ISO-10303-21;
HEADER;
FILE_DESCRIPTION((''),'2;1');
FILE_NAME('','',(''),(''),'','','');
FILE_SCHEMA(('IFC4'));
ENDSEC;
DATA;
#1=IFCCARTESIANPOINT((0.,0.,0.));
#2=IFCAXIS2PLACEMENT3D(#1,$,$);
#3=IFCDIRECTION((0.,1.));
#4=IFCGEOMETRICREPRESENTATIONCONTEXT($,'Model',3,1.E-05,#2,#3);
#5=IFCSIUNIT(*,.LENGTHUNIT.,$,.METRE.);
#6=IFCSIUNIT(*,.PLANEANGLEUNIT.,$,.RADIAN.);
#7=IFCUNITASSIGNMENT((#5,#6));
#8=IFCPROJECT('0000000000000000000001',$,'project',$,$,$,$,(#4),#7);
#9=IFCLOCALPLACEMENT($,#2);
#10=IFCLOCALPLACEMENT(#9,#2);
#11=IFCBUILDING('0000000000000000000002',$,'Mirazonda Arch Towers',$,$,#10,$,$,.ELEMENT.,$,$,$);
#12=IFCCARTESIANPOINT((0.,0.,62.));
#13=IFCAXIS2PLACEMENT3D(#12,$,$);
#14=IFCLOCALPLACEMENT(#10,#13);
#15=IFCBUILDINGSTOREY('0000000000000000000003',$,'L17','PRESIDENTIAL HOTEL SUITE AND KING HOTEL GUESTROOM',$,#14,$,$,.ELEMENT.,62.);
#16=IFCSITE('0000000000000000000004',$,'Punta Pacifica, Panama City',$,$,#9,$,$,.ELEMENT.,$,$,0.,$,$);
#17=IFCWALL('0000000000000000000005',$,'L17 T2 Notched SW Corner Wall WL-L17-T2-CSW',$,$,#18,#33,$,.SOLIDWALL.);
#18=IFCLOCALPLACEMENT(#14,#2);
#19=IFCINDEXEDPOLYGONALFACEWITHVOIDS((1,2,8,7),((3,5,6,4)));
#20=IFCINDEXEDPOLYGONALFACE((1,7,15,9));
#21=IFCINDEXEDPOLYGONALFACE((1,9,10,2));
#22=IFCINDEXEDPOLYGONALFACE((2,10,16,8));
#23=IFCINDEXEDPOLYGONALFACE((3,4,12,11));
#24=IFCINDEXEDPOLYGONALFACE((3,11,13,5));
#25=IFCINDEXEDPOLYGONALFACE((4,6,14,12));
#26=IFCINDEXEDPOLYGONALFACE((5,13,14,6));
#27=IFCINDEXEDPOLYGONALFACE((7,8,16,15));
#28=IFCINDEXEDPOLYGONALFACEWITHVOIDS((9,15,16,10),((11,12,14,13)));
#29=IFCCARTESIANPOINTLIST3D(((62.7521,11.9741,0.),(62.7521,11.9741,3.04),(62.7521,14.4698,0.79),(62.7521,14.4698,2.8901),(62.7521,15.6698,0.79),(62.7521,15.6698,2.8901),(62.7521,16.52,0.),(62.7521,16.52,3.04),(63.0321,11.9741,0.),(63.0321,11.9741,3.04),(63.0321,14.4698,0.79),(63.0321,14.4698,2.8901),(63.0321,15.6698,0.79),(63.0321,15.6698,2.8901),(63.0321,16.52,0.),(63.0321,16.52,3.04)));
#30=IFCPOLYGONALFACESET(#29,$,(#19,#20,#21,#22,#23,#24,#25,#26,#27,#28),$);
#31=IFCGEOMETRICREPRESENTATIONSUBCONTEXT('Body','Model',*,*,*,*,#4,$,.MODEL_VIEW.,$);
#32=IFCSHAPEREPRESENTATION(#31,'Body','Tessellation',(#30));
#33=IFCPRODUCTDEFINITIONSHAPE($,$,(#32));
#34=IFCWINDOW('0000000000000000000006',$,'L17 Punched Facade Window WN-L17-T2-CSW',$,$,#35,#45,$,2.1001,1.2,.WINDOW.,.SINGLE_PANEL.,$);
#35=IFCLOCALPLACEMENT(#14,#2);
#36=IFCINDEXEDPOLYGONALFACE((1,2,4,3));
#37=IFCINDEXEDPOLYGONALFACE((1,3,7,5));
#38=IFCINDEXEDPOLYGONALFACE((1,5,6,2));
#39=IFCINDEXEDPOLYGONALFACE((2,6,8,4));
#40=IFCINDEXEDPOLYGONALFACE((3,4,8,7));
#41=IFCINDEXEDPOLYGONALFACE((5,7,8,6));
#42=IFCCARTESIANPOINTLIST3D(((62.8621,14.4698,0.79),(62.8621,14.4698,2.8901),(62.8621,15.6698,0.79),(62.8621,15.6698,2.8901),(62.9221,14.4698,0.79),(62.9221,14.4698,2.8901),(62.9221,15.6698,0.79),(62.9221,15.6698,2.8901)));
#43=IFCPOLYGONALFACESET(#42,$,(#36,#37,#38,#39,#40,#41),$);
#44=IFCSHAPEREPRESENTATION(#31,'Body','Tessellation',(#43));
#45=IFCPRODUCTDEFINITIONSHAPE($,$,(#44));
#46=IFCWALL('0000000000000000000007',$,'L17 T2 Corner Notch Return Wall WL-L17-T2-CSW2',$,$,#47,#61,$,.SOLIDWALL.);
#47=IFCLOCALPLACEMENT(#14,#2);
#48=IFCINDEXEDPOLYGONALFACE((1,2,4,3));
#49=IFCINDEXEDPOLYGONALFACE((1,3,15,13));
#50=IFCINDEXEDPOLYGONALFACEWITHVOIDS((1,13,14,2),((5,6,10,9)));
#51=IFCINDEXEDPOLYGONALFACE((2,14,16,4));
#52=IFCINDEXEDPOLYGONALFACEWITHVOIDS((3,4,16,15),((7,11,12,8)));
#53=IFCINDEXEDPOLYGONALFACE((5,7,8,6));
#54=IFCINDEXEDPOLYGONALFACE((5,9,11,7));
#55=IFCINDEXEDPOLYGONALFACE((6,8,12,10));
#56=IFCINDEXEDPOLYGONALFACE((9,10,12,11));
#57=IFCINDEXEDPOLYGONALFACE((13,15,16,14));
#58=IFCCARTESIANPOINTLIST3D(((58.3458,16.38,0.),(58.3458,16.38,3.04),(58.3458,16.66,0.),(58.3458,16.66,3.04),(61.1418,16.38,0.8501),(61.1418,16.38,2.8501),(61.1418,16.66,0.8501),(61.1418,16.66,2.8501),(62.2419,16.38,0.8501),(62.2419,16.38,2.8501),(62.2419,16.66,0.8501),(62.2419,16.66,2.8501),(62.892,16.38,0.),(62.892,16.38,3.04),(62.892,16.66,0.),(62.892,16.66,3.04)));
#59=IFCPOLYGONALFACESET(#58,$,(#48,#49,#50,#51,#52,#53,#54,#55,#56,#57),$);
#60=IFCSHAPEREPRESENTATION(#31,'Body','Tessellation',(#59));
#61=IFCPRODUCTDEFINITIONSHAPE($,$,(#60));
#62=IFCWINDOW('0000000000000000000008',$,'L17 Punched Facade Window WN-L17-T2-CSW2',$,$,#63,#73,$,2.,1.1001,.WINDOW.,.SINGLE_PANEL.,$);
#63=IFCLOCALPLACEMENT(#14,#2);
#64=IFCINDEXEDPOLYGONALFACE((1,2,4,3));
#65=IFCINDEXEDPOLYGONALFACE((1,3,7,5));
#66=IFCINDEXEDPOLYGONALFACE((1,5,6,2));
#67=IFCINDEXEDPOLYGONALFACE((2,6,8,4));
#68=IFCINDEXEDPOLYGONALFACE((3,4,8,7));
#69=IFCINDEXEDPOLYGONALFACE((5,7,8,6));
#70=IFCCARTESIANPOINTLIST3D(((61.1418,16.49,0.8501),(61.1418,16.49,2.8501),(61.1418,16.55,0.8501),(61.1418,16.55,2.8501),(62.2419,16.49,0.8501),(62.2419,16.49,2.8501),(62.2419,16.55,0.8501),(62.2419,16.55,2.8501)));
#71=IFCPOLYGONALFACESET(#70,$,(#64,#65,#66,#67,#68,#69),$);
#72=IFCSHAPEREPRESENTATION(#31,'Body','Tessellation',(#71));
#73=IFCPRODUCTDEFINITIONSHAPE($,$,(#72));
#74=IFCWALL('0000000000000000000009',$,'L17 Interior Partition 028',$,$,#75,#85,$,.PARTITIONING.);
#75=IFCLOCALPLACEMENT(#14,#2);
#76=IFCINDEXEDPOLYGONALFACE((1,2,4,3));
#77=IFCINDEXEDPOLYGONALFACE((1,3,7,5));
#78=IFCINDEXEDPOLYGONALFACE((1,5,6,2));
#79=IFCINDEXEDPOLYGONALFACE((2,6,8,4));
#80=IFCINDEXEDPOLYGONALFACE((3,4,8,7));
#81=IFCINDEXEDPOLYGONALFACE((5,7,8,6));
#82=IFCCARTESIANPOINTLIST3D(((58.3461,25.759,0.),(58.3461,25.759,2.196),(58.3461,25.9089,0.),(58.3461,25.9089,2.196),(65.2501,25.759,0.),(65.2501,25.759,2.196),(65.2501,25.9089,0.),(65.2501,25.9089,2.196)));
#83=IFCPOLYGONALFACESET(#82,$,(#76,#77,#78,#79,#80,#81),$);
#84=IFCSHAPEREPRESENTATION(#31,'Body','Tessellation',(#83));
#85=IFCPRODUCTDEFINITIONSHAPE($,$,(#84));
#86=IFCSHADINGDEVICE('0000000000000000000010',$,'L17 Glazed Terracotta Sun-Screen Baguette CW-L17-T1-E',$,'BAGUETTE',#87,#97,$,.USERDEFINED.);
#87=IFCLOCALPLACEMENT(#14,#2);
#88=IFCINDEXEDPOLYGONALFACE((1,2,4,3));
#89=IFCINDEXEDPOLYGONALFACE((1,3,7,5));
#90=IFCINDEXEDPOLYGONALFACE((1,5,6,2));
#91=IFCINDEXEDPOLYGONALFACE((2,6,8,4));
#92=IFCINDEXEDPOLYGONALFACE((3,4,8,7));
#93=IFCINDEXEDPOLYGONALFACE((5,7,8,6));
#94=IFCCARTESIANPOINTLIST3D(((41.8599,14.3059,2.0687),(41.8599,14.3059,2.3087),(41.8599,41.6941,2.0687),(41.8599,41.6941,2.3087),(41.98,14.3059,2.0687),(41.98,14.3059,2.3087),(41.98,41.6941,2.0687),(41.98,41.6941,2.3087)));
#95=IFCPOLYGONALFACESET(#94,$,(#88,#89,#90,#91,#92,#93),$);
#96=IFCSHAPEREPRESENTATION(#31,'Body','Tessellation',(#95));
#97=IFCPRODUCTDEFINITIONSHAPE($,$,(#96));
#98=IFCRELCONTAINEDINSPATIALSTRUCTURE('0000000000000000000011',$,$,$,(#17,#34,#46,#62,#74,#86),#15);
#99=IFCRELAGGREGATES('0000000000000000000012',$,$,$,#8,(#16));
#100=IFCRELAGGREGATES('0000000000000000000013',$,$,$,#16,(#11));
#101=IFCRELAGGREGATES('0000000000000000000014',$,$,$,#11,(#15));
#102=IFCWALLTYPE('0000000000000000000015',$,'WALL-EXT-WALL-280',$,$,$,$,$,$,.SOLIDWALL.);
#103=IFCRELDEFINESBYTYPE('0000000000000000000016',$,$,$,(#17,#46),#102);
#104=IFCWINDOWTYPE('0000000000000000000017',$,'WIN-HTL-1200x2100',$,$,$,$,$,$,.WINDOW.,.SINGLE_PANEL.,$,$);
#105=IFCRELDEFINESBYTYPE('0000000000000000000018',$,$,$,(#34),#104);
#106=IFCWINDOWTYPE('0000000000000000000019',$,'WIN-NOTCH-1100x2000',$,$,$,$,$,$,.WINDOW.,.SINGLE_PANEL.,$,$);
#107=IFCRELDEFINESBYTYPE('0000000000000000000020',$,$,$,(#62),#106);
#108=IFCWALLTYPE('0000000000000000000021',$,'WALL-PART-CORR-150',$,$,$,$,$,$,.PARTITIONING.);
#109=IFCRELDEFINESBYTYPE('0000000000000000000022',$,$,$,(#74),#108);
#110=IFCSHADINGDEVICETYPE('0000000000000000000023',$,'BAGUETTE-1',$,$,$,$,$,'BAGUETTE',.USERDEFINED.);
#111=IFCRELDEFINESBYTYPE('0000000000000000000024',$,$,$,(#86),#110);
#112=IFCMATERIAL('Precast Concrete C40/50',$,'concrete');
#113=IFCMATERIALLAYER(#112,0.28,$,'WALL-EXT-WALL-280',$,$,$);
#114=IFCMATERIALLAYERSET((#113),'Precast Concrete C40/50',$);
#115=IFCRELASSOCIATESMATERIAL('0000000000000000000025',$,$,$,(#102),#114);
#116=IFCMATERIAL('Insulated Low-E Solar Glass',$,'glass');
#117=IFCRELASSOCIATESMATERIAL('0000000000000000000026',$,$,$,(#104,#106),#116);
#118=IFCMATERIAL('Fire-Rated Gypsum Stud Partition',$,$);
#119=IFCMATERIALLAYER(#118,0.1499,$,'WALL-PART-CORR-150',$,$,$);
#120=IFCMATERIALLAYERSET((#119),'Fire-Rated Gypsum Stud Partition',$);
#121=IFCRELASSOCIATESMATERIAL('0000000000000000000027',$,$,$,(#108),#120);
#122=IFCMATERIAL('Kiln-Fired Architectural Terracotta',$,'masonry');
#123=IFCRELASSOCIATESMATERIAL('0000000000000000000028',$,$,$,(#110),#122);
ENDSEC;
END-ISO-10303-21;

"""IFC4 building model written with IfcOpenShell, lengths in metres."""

from ifc_helpers import new_model, si_unit, direction, frame, frame_2d, origin, origin_2d, place, context, subcontext, project, spatial, rectangle, extrude, material, layer, layer_set, material_profile, profile_set, type_object, element, fill, save


model = new_model("IFC4")

# Units and contexts
model_context = context("Model", 3, precision=1e-05, world=origin(), true_north=direction((0.0, 1.0)))
body_context = subcontext(model_context, "Body", "Model", "MODEL_VIEW")
ifc_project = project(units=[si_unit("LENGTHUNIT", "METRE"), si_unit("PLANEANGLEUNIT", "RADIAN")], contexts=[model_context])

# Site, building, storey
site_placement = place(None, origin())
site = spatial("IfcSite", under=ifc_project, at=site_placement, Name="Punta Pacifica, Panama City", CompositionType="ELEMENT", RefElevation=0.0)
building_placement = place(site_placement, origin())
building = spatial("IfcBuilding", under=site, at=building_placement, Name="Mirazonda Arch Towers", CompositionType="ELEMENT")
storey_placement = place(building_placement, frame((0.0, 0.0, 62.0)))
storey = spatial("IfcBuildingStorey", under=building, at=storey_placement, Name="L17", Description="PRESIDENTIAL HOTEL SUITE AND KING HOTEL GUESTROOM", CompositionType="ELEMENT", Elevation=62.0)

# Shared definitions
ifc_material_1 = material(Name="Insulated Low-E Solar Glass", Category="glass")

# Shared definitions
ifc_material_2 = material(Name="Precast Concrete C40/50", Category="concrete")
ifc_layer_1 = layer(ifc_material_2, 0.28, Name="WALL-EXT-WALL-280")
ifc_layer_set_1 = layer_set([ifc_layer_1], Name="Precast Concrete C40/50")
wall_type_1 = type_object("IfcWallType", Name="WALL-EXT-WALL-280", PredefinedType="SOLIDWALL", material=ifc_layer_set_1)

# Walls, openings, windows
wall_1_placement = place(storey_placement, frame((62.8921, 16.52, 0.0), z_axis=(0.0, 0.0, 1.0), x_axis=(0.0, -1.0, 0.0)))
wall_1 = element("IfcWall", 1, at=wall_1_placement, inside=storey, type_object=wall_type_1, Name="L17 T2 Notched SW Corner Wall WL-L17-T2-CSW", PredefinedType="SOLIDWALL", context=body_context, shape_type="SweptSolid", body=[
    extrude(rectangle(XDim=4.5459, YDim=0.28, at=frame_2d((2.2729, 0.0))), origin(), (0.0, 0.0, 1.0), 3.04),
])
opening_1_placement = place(wall_1_placement, frame((0.8501, 0.0, 0.79)))
opening_1 = element("IfcOpeningElement", 2, at=opening_1_placement, cuts=wall_1, PredefinedType="OPENING", context=body_context, shape_type="SweptSolid", body=[
    extrude(rectangle(XDim=1.2, YDim=2.1001, at=frame_2d((0.6001, 1.05))), frame((0.0, 0.1499, 0.0), z_axis=(0.0, -1.0, 0.0), x_axis=(1.0, 0.0, 0.0)), (0.0, 0.0, 1.0), 0.3),
])
window_type_1 = type_object("IfcWindowType", Name="WIN-HTL-1200x2100", PartitioningType="SINGLE_PANEL", PredefinedType="WINDOW", material=ifc_material_1)
window_1_placement = place(opening_1_placement, origin())
window_1 = element("IfcWindow", 3, at=window_1_placement, inside=storey, type_object=window_type_1, Name="L17 Punched Facade Window WN-L17-T2-CSW", OverallHeight=2.1001, OverallWidth=1.2, PartitioningType="SINGLE_PANEL", PredefinedType="WINDOW", context=body_context, shape_type="SweptSolid", body=[
    extrude(rectangle(XDim=1.2, YDim=2.1001, at=frame_2d((0.6001, 1.05))), frame((0.0, 0.03, 0.0), z_axis=(0.0, -1.0, 0.0), x_axis=(1.0, 0.0, 0.0)), (0.0, 0.0, 1.0), 0.0601),
])
fill(opening_1, window_1)
wall_2_placement = place(storey_placement, frame((58.3459, 16.52, 0.0), z_axis=(0.0, 0.0, 1.0), x_axis=(1.0, 0.0, 0.0)))
wall_2 = element("IfcWall", 4, at=wall_2_placement, inside=storey, type_object=wall_type_1, Name="L17 T2 Corner Notch Return Wall WL-L17-T2-CSW2", PredefinedType="SOLIDWALL", context=body_context, shape_type="SweptSolid", body=[
    extrude(rectangle(XDim=4.5461, YDim=0.28, at=frame_2d((2.2729, 0.0))), origin(), (0.0, 0.0, 1.0), 3.04),
])
opening_2_placement = place(wall_2_placement, frame((2.7959, 0.0, 0.8501)))
opening_2 = element("IfcOpeningElement", 5, at=opening_2_placement, cuts=wall_2, PredefinedType="OPENING", context=body_context, shape_type="SweptSolid", body=[
    extrude(rectangle(XDim=1.1001, YDim=2.0, at=frame_2d((0.55, 1.0))), frame((0.0, 0.1499, 0.0), z_axis=(0.0, -1.0, 0.0), x_axis=(1.0, 0.0, 0.0)), (0.0, 0.0, 1.0), 0.3),
])
window_type_2 = type_object("IfcWindowType", Name="WIN-NOTCH-1100x2000", PartitioningType="SINGLE_PANEL", PredefinedType="WINDOW", material=ifc_material_1)
window_2_placement = place(opening_2_placement, origin())
window_2 = element("IfcWindow", 6, at=window_2_placement, inside=storey, type_object=window_type_2, Name="L17 Punched Facade Window WN-L17-T2-CSW2", OverallHeight=2.0, OverallWidth=1.1001, PartitioningType="SINGLE_PANEL", PredefinedType="WINDOW", context=body_context, shape_type="SweptSolid", body=[
    extrude(rectangle(XDim=1.1001, YDim=2.0, at=frame_2d((0.55, 1.0))), frame((0.0, 0.03, 0.0), z_axis=(0.0, -1.0, 0.0), x_axis=(1.0, 0.0, 0.0)), (0.0, 0.0, 1.0), 0.0601),
])
fill(opening_2, window_2)

# Wall
ifc_material_3 = material(Name="Fire-Rated Gypsum Stud Partition")
ifc_layer_2 = layer(ifc_material_3, 0.1499, Name="WALL-PART-CORR-150")
ifc_layer_set_2 = layer_set([ifc_layer_2], Name="Fire-Rated Gypsum Stud Partition")
wall_type_2 = type_object("IfcWallType", Name="WALL-PART-CORR-150", PredefinedType="PARTITIONING", material=ifc_layer_set_2)
wall_3_placement = place(storey_placement, frame((58.3459, 25.834, 0.0), z_axis=(0.0, 0.0, 1.0), x_axis=(1.0, 0.0, 0.0)))
element("IfcWall", 7, at=wall_3_placement, inside=storey, type_object=wall_type_2, Name="L17 Interior Partition 028", PredefinedType="PARTITIONING", context=body_context, shape_type="SweptSolid", body=[
    extrude(rectangle(XDim=6.9041, YDim=0.1499, at=frame_2d((3.4521, 0.0))), origin(), (0.0, 0.0, 1.0), 2.196),
])

# Shading device
ifc_material_4 = material(Name="Kiln-Fired Architectural Terracotta", Category="masonry")
ifc_material_profile_1 = material_profile(ifc_material_4, rectangle(XDim=0.1201, YDim=0.24, at=origin_2d()), Name="TERRA-BAG-120x240")
ifc_profile_set_1 = profile_set([ifc_material_profile_1], Name="Kiln-Fired Architectural Terracotta")
shading_device_type = type_object("IfcShadingDeviceType", Name="BAGUETTE-1", ElementType="BAGUETTE", PredefinedType="USERDEFINED", material=ifc_profile_set_1)
shading_device_placement = place(storey_placement, frame((41.9199, 14.3059, 2.1887), z_axis=(0.0, 1.0, 0.0), x_axis=(-1.0, 0.0, 0.0)))
element("IfcShadingDevice", 8, at=shading_device_placement, inside=storey, type_object=shading_device_type, Name="L17 Glazed Terracotta Sun-Screen Baguette CW-L17-T1-E", ObjectType="BAGUETTE", PredefinedType="USERDEFINED", context=body_context, shape_type="SweptSolid", body=[
    extrude(rectangle(XDim=0.1201, YDim=0.24, at=origin_2d()), origin(), (0.0, 0.0, 1.0), 27.3882),
])

save(model, "model.ifc")
